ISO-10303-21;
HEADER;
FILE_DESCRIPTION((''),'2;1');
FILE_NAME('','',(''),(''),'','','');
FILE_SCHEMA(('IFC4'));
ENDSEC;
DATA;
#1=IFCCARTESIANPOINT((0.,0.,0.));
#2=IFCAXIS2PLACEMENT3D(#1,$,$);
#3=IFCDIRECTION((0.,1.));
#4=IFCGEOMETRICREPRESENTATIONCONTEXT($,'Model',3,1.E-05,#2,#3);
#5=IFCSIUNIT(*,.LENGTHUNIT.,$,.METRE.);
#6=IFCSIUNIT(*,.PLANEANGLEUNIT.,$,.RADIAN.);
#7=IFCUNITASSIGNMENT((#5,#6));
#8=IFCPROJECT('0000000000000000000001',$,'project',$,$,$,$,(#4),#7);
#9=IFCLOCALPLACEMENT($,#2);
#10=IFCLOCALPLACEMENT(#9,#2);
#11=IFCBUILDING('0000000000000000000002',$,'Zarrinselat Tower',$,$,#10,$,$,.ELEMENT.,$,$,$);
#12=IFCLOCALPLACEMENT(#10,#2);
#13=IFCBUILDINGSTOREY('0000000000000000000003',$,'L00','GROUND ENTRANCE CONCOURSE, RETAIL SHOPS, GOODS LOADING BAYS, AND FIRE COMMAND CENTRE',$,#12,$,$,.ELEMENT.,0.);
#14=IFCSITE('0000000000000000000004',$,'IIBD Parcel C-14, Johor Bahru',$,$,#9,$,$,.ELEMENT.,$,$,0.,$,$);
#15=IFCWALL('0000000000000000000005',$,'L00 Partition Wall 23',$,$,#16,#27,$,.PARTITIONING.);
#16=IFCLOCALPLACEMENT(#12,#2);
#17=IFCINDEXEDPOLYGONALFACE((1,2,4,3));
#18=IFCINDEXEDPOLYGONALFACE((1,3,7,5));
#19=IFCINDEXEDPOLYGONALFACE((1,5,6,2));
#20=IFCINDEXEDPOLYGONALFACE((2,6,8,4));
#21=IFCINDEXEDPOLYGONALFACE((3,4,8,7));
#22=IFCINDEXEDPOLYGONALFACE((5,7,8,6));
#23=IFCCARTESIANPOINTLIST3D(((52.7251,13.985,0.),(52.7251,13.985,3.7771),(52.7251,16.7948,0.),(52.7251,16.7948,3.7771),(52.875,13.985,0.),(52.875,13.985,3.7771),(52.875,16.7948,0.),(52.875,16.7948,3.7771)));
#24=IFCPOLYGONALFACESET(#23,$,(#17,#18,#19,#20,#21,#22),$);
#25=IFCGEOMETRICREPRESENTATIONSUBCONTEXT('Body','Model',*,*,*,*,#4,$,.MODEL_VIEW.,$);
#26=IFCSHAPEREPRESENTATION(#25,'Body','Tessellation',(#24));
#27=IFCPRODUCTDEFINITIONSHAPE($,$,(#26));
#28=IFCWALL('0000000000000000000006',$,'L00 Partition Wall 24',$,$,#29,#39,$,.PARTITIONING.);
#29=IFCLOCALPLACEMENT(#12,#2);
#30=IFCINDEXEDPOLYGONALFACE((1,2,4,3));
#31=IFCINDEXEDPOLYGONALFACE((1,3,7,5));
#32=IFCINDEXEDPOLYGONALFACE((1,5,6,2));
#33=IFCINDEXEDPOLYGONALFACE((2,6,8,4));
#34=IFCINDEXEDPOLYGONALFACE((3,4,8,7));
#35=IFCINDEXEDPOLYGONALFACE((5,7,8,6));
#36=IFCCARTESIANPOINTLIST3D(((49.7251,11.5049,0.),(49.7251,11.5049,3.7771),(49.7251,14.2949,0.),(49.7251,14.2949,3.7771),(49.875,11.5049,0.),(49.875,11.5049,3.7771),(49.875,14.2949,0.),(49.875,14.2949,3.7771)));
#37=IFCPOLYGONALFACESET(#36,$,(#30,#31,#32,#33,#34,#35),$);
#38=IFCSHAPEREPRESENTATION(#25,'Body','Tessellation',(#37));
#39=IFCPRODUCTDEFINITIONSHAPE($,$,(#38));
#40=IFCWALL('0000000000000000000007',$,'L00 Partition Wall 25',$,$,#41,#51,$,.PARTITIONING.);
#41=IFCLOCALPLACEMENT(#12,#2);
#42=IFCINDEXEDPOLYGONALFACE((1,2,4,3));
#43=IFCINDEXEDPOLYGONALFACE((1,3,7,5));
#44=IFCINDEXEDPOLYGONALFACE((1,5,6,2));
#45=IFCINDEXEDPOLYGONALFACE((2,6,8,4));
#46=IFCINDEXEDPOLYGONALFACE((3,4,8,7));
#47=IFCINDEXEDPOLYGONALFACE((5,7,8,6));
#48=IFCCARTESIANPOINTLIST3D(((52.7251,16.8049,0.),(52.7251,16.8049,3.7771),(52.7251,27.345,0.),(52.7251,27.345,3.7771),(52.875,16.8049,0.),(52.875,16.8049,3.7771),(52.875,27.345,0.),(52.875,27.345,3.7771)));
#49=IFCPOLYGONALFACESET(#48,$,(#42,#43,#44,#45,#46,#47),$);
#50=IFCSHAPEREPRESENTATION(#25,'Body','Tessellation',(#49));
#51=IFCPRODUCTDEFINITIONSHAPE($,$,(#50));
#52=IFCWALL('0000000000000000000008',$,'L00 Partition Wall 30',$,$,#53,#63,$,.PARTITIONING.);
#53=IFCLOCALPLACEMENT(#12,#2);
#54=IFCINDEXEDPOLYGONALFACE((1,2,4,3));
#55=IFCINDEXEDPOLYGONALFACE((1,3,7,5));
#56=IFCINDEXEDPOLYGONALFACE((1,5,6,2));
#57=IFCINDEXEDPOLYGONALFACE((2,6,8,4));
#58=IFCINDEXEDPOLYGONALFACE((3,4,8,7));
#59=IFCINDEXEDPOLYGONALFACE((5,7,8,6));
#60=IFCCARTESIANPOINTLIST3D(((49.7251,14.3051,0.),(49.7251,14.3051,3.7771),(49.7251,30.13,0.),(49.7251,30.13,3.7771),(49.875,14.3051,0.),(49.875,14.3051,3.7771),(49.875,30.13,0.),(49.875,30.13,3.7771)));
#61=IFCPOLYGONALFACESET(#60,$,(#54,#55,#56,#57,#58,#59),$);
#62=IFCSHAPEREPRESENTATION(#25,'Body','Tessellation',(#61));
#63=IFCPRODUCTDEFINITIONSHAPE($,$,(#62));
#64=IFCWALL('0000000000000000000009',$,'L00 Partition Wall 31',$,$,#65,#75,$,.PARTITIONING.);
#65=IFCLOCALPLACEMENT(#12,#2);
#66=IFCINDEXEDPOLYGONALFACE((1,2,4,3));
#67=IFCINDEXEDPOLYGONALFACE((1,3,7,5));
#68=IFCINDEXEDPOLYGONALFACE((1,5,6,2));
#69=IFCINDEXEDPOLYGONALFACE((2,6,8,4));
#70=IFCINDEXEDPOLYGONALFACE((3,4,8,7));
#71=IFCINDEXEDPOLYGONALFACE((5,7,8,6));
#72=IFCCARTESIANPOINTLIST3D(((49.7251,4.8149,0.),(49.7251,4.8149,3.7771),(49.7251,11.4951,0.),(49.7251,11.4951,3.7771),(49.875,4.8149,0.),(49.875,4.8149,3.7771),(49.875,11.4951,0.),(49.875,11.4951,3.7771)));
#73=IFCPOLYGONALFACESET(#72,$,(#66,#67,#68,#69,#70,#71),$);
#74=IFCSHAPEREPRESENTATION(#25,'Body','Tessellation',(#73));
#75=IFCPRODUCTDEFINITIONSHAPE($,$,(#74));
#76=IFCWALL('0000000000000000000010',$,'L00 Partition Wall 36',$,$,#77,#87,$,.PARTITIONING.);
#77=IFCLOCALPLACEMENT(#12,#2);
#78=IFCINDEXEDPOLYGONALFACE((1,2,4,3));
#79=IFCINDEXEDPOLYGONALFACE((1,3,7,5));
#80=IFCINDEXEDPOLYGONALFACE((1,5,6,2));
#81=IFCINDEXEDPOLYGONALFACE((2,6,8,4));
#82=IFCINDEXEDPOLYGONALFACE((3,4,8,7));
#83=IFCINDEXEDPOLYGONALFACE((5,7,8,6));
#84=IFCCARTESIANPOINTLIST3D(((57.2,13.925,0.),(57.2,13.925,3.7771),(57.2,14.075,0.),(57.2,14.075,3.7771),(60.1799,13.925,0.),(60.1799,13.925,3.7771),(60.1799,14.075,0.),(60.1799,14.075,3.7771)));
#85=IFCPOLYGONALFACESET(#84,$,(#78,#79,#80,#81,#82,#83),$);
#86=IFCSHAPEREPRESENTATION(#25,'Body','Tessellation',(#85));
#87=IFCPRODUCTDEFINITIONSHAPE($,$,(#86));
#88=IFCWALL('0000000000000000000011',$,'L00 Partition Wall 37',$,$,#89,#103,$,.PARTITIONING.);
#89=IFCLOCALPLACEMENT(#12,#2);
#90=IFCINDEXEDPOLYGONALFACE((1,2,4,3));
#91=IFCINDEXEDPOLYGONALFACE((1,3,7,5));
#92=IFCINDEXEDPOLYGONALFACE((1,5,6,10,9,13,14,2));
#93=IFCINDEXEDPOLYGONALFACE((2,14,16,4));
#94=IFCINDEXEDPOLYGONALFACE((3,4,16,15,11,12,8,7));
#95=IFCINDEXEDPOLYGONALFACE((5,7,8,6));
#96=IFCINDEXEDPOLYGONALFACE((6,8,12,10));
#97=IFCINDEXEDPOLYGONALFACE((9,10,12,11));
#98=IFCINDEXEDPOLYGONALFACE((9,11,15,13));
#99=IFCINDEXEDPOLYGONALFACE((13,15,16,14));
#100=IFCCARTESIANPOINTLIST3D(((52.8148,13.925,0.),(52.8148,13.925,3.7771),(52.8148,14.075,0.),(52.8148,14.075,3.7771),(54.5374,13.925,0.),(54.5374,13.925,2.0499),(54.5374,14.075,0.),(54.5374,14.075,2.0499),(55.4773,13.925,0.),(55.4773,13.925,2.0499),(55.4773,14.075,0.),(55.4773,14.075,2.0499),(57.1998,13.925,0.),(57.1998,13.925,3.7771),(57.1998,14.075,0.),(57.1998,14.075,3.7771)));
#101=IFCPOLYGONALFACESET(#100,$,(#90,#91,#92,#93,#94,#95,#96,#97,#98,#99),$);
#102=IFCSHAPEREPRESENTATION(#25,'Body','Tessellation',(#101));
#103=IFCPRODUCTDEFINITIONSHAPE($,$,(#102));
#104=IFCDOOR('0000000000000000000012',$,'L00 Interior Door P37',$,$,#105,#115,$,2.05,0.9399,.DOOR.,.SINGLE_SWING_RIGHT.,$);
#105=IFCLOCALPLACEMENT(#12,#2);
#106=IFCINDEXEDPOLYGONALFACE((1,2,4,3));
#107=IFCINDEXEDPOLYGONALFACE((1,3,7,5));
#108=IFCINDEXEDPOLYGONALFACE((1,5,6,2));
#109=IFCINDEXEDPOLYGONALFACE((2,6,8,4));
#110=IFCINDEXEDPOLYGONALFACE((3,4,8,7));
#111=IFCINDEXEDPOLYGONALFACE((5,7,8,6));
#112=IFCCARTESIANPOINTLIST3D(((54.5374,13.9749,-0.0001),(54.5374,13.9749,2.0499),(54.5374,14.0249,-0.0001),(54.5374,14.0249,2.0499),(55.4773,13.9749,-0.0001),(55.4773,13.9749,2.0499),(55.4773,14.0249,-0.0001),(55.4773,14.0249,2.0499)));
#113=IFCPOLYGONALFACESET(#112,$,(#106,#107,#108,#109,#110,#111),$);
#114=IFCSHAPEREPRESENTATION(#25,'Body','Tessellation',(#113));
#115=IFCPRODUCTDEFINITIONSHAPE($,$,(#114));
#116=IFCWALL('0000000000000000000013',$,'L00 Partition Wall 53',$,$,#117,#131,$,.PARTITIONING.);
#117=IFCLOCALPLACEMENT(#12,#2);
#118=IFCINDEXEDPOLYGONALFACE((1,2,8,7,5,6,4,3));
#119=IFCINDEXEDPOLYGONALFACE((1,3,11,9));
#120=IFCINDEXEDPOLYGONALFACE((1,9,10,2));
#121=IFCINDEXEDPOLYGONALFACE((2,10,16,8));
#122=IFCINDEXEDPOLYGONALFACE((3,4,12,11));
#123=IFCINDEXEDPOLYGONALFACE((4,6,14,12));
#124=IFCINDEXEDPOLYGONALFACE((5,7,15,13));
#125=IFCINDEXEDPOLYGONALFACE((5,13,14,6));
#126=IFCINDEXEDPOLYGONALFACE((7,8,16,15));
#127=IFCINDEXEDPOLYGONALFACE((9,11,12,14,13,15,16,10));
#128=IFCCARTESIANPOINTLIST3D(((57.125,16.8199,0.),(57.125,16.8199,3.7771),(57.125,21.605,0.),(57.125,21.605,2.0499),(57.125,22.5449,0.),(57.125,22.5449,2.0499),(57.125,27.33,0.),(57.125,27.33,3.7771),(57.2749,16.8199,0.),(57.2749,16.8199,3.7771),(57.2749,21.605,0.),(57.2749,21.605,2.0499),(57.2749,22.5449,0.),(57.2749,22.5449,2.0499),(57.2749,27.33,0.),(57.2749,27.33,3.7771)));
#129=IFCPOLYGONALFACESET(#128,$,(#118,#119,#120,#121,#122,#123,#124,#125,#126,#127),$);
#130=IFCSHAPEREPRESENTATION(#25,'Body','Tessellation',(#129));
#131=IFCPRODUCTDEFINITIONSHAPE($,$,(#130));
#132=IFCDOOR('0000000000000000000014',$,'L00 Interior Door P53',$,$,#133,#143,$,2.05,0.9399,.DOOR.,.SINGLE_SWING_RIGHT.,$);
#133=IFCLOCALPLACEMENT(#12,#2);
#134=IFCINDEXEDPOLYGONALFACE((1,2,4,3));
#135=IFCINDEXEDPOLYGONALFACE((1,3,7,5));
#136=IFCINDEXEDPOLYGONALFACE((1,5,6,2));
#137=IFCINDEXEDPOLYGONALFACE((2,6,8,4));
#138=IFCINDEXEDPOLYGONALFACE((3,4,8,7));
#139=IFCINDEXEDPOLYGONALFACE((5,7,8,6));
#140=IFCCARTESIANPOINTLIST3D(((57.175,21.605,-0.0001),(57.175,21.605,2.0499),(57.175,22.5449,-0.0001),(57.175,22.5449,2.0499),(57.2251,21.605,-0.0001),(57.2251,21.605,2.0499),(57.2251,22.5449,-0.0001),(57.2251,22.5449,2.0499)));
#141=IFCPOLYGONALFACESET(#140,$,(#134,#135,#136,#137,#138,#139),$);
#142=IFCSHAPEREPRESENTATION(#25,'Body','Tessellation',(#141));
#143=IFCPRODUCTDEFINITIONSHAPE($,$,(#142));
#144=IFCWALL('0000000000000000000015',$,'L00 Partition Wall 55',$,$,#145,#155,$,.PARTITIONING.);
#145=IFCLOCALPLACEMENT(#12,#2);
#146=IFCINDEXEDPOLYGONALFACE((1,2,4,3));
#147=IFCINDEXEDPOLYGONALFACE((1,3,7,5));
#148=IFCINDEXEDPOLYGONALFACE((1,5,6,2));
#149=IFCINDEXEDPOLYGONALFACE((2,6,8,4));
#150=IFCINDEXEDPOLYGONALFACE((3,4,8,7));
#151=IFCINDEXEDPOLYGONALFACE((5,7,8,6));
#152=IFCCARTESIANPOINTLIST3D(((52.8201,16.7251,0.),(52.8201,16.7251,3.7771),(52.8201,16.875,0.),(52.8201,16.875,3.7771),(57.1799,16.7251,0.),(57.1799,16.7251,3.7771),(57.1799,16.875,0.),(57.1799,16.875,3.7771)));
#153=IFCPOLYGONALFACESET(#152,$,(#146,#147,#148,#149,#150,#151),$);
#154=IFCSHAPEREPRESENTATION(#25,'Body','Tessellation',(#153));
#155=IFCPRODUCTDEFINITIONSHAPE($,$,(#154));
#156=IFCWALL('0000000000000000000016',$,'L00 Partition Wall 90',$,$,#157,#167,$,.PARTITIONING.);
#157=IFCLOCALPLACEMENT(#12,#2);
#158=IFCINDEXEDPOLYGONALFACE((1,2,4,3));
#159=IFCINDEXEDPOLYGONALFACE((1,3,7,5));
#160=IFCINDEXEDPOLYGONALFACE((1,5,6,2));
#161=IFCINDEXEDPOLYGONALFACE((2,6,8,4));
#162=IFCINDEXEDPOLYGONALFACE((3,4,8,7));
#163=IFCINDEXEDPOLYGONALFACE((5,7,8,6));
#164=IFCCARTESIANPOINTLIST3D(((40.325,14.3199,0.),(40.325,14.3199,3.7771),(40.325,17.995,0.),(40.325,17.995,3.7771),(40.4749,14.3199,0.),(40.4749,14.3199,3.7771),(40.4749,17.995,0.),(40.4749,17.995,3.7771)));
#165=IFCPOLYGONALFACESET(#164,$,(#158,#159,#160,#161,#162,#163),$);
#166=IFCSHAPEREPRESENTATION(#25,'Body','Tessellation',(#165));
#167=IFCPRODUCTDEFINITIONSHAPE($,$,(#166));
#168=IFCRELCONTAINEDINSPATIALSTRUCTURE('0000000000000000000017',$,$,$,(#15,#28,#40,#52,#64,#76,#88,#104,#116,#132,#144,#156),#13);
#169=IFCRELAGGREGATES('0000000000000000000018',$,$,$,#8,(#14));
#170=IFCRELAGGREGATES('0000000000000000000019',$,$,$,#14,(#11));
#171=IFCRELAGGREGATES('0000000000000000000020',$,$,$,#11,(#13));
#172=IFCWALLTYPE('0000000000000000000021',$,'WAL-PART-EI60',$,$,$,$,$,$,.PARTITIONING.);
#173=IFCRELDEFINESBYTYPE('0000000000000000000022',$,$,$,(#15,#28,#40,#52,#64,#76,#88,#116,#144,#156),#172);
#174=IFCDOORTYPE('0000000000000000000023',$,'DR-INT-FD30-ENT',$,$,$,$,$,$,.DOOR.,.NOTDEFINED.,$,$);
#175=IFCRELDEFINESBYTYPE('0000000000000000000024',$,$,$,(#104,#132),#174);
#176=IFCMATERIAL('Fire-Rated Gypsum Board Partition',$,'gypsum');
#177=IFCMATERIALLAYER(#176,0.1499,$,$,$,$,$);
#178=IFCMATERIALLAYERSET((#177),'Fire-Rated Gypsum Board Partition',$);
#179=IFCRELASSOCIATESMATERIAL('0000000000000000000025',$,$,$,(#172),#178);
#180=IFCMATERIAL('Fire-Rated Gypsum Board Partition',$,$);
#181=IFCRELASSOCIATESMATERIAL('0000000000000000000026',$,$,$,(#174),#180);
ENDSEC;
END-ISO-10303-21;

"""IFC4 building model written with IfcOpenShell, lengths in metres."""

from ifc_helpers import new_model, si_unit, direction, frame, frame_2d, origin, place, context, subcontext, project, spatial, rectangle, extrude, material, layer, layer_set, type_object, element, fill, save


model = new_model("IFC4")

# Units and contexts
model_context = context("Model", 3, precision=1e-05, world=origin(), true_north=direction((0.0, 1.0)))
body_context = subcontext(model_context, "Body", "Model", "MODEL_VIEW")
ifc_project = project(units=[si_unit("LENGTHUNIT", "METRE"), si_unit("PLANEANGLEUNIT", "RADIAN")], contexts=[model_context])

# Site, building, storey
site_placement = place(None, origin())
site = spatial("IfcSite", under=ifc_project, at=site_placement, Name="IIBD Parcel C-14, Johor Bahru", CompositionType="ELEMENT", RefElevation=0.0)
building_placement = place(site_placement, origin())
building = spatial("IfcBuilding", under=site, at=building_placement, Name="Zarrinselat Tower", CompositionType="ELEMENT")
storey_placement = place(building_placement, origin())
storey = spatial("IfcBuildingStorey", under=building, at=storey_placement, Name="L00", Description="GROUND ENTRANCE CONCOURSE, RETAIL SHOPS, GOODS LOADING BAYS, AND FIRE COMMAND CENTRE", CompositionType="ELEMENT", Elevation=0.0)

# Walls
ifc_material_1 = material(Name="Fire-Rated Gypsum Board Partition", Category="gypsum")
ifc_layer_1 = layer(ifc_material_1, 0.1499)
ifc_layer_set_1 = layer_set([ifc_layer_1], Name="Fire-Rated Gypsum Board Partition")
wall_type_1 = type_object("IfcWallType", Name="WAL-PART-EI60", PredefinedType="PARTITIONING", material=ifc_layer_set_1)
wall_1_placement = place(storey_placement, frame((52.8, 13.9851, 0.0), z_axis=(0.0, 0.0, 1.0), x_axis=(0.0, 1.0, 0.0)))
element("IfcWall", 1, at=wall_1_placement, inside=storey, type_object=wall_type_1, Name="L00 Partition Wall 23", PredefinedType="PARTITIONING", context=body_context, shape_type="SweptSolid", body=[
    extrude(rectangle(XDim=2.8098, YDim=0.1499, at=frame_2d((1.4048, 0.0))), origin(), (0.0, 0.0, 1.0), 3.7771),
])
wall_2_placement = place(storey_placement, frame((49.8, 11.5049, 0.0), z_axis=(0.0, 0.0, 1.0), x_axis=(0.0, 1.0, 0.0)))
element("IfcWall", 2, at=wall_2_placement, inside=storey, type_object=wall_type_1, Name="L00 Partition Wall 24", PredefinedType="PARTITIONING", context=body_context, shape_type="SweptSolid", body=[
    extrude(rectangle(XDim=2.79, YDim=0.1499, at=frame_2d((1.395, 0.0))), origin(), (0.0, 0.0, 1.0), 3.7771),
])
wall_3_placement = place(storey_placement, frame((52.8, 16.8049, 0.0), z_axis=(0.0, 0.0, 1.0), x_axis=(0.0, 1.0, 0.0)))
element("IfcWall", 3, at=wall_3_placement, inside=storey, type_object=wall_type_1, Name="L00 Partition Wall 25", PredefinedType="PARTITIONING", context=body_context, shape_type="SweptSolid", body=[
    extrude(rectangle(XDim=10.54, YDim=0.1499, at=frame_2d((5.27, 0.0))), origin(), (0.0, 0.0, 1.0), 3.7771),
])
wall_4_placement = place(storey_placement, frame((49.8, 14.3049, 0.0), z_axis=(0.0, 0.0, 1.0), x_axis=(0.0, 1.0, 0.0)))
element("IfcWall", 4, at=wall_4_placement, inside=storey, type_object=wall_type_1, Name="L00 Partition Wall 30", PredefinedType="PARTITIONING", context=body_context, shape_type="SweptSolid", body=[
    extrude(rectangle(XDim=15.825, YDim=0.1499, at=frame_2d((7.9126, 0.0))), origin(), (0.0, 0.0, 1.0), 3.7771),
])
wall_5_placement = place(storey_placement, frame((49.8, 4.8149, 0.0), z_axis=(0.0, 0.0, 1.0), x_axis=(0.0, 1.0, 0.0)))
element("IfcWall", 5, at=wall_5_placement, inside=storey, type_object=wall_type_1, Name="L00 Partition Wall 31", PredefinedType="PARTITIONING", context=body_context, shape_type="SweptSolid", body=[
    extrude(rectangle(XDim=6.6802, YDim=0.1499, at=frame_2d((3.3401, 0.0))), origin(), (0.0, 0.0, 1.0), 3.7771),
])
wall_6_placement = place(storey_placement, frame((57.2, 14.0, 0.0), z_axis=(0.0, 0.0, 1.0), x_axis=(1.0, 0.0, 0.0)))
element("IfcWall", 6, at=wall_6_placement, inside=storey, type_object=wall_type_1, Name="L00 Partition Wall 36", PredefinedType="PARTITIONING", context=body_context, shape_type="SweptSolid", body=[
    extrude(rectangle(XDim=2.98, YDim=0.1499, at=frame_2d((1.49, 0.0))), origin(), (0.0, 0.0, 1.0), 3.7771),
])

# Walls, openings, doors
wall_7_placement = place(storey_placement, frame((52.8149, 14.0, 0.0), z_axis=(0.0, 0.0, 1.0), x_axis=(1.0, 0.0, 0.0)))
wall_7 = element("IfcWall", 7, at=wall_7_placement, inside=storey, type_object=wall_type_1, Name="L00 Partition Wall 37", PredefinedType="PARTITIONING", context=body_context, shape_type="SweptSolid", body=[
    extrude(rectangle(XDim=4.385, YDim=0.1499, at=frame_2d((2.1924, 0.0))), origin(), (0.0, 0.0, 1.0), 3.7771),
])
opening_1_placement = place(wall_7_placement, frame((1.7224, 0.0, 0.0)))
opening_1 = element("IfcOpeningElement", 8, at=opening_1_placement, cuts=wall_7, PredefinedType="OPENING", context=body_context, shape_type="SweptSolid", body=[
    extrude(rectangle(XDim=0.9399, YDim=2.05, at=frame_2d((0.47, 1.0249))), frame((0.0, 0.085, 0.0), z_axis=(0.0, -1.0, 0.0), x_axis=(1.0, 0.0, 0.0)), (0.0, 0.0, 1.0), 0.1699),
])
ifc_material_2 = material(Name="Fire-Rated Gypsum Board Partition")
door_type_1 = type_object("IfcDoorType", Name="DR-INT-FD30-ENT", OperationType="NOTDEFINED", PredefinedType="DOOR", material=ifc_material_2)
door_1_placement = place(opening_1_placement, origin())
door_1 = element("IfcDoor", 9, at=door_1_placement, inside=storey, type_object=door_type_1, Name="L00 Interior Door P37", OperationType="SINGLE_SWING_RIGHT", OverallHeight=2.05, OverallWidth=0.9399, PredefinedType="DOOR", context=body_context, shape_type="SweptSolid", body=[
    extrude(rectangle(XDim=0.9399, YDim=2.05, at=frame_2d((0.47, 1.0249))), frame((0.0, 0.0249, 0.0), z_axis=(0.0, -1.0, 0.0), x_axis=(1.0, 0.0, 0.0)), (0.0, 0.0, 1.0), 0.05),
])
fill(opening_1, door_1)
wall_8_placement = place(storey_placement, frame((57.2, 16.8201, 0.0), z_axis=(0.0, 0.0, 1.0), x_axis=(0.0, 1.0, 0.0)))
wall_8 = element("IfcWall", 10, at=wall_8_placement, inside=storey, type_object=wall_type_1, Name="L00 Partition Wall 53", PredefinedType="PARTITIONING", context=body_context, shape_type="SweptSolid", body=[
    extrude(rectangle(XDim=10.51, YDim=0.1499, at=frame_2d((5.2549, 0.0))), origin(), (0.0, 0.0, 1.0), 3.7771),
])
opening_2_placement = place(wall_8_placement, frame((4.7849, 0.0, 0.0)))
opening_2 = element("IfcOpeningElement", 11, at=opening_2_placement, cuts=wall_8, PredefinedType="OPENING", context=body_context, shape_type="SweptSolid", body=[
    extrude(rectangle(XDim=0.9399, YDim=2.05, at=frame_2d((0.47, 1.0249))), frame((0.0, 0.085, 0.0), z_axis=(0.0, -1.0, 0.0), x_axis=(1.0, 0.0, 0.0)), (0.0, 0.0, 1.0), 0.1699),
])
door_2_placement = place(opening_2_placement, origin())
door_2 = element("IfcDoor", 12, at=door_2_placement, inside=storey, type_object=door_type_1, Name="L00 Interior Door P53", OperationType="SINGLE_SWING_RIGHT", OverallHeight=2.05, OverallWidth=0.9399, PredefinedType="DOOR", context=body_context, shape_type="SweptSolid", body=[
    extrude(rectangle(XDim=0.9399, YDim=2.05, at=frame_2d((0.47, 1.0249))), frame((0.0, 0.0249, 0.0), z_axis=(0.0, -1.0, 0.0), x_axis=(1.0, 0.0, 0.0)), (0.0, 0.0, 1.0), 0.05),
])
fill(opening_2, door_2)

# Walls
wall_9_placement = place(storey_placement, frame((52.8201, 16.8, 0.0), z_axis=(0.0, 0.0, 1.0), x_axis=(1.0, 0.0, 0.0)))
element("IfcWall", 13, at=wall_9_placement, inside=storey, type_object=wall_type_1, Name="L00 Partition Wall 55", PredefinedType="PARTITIONING", context=body_context, shape_type="SweptSolid", body=[
    extrude(rectangle(XDim=4.3599, YDim=0.1499, at=frame_2d((2.1799, 0.0))), origin(), (0.0, 0.0, 1.0), 3.7771),
])
wall_10_placement = place(storey_placement, frame((40.3999, 14.3201, 0.0), z_axis=(0.0, 0.0, 1.0), x_axis=(0.0, 1.0, 0.0)))
element("IfcWall", 14, at=wall_10_placement, inside=storey, type_object=wall_type_1, Name="L00 Partition Wall 90", PredefinedType="PARTITIONING", context=body_context, shape_type="SweptSolid", body=[
    extrude(rectangle(XDim=3.675, YDim=0.1499, at=frame_2d((1.8374, 0.0))), origin(), (0.0, 0.0, 1.0), 3.7771),
])

save(model, "model.ifc")
